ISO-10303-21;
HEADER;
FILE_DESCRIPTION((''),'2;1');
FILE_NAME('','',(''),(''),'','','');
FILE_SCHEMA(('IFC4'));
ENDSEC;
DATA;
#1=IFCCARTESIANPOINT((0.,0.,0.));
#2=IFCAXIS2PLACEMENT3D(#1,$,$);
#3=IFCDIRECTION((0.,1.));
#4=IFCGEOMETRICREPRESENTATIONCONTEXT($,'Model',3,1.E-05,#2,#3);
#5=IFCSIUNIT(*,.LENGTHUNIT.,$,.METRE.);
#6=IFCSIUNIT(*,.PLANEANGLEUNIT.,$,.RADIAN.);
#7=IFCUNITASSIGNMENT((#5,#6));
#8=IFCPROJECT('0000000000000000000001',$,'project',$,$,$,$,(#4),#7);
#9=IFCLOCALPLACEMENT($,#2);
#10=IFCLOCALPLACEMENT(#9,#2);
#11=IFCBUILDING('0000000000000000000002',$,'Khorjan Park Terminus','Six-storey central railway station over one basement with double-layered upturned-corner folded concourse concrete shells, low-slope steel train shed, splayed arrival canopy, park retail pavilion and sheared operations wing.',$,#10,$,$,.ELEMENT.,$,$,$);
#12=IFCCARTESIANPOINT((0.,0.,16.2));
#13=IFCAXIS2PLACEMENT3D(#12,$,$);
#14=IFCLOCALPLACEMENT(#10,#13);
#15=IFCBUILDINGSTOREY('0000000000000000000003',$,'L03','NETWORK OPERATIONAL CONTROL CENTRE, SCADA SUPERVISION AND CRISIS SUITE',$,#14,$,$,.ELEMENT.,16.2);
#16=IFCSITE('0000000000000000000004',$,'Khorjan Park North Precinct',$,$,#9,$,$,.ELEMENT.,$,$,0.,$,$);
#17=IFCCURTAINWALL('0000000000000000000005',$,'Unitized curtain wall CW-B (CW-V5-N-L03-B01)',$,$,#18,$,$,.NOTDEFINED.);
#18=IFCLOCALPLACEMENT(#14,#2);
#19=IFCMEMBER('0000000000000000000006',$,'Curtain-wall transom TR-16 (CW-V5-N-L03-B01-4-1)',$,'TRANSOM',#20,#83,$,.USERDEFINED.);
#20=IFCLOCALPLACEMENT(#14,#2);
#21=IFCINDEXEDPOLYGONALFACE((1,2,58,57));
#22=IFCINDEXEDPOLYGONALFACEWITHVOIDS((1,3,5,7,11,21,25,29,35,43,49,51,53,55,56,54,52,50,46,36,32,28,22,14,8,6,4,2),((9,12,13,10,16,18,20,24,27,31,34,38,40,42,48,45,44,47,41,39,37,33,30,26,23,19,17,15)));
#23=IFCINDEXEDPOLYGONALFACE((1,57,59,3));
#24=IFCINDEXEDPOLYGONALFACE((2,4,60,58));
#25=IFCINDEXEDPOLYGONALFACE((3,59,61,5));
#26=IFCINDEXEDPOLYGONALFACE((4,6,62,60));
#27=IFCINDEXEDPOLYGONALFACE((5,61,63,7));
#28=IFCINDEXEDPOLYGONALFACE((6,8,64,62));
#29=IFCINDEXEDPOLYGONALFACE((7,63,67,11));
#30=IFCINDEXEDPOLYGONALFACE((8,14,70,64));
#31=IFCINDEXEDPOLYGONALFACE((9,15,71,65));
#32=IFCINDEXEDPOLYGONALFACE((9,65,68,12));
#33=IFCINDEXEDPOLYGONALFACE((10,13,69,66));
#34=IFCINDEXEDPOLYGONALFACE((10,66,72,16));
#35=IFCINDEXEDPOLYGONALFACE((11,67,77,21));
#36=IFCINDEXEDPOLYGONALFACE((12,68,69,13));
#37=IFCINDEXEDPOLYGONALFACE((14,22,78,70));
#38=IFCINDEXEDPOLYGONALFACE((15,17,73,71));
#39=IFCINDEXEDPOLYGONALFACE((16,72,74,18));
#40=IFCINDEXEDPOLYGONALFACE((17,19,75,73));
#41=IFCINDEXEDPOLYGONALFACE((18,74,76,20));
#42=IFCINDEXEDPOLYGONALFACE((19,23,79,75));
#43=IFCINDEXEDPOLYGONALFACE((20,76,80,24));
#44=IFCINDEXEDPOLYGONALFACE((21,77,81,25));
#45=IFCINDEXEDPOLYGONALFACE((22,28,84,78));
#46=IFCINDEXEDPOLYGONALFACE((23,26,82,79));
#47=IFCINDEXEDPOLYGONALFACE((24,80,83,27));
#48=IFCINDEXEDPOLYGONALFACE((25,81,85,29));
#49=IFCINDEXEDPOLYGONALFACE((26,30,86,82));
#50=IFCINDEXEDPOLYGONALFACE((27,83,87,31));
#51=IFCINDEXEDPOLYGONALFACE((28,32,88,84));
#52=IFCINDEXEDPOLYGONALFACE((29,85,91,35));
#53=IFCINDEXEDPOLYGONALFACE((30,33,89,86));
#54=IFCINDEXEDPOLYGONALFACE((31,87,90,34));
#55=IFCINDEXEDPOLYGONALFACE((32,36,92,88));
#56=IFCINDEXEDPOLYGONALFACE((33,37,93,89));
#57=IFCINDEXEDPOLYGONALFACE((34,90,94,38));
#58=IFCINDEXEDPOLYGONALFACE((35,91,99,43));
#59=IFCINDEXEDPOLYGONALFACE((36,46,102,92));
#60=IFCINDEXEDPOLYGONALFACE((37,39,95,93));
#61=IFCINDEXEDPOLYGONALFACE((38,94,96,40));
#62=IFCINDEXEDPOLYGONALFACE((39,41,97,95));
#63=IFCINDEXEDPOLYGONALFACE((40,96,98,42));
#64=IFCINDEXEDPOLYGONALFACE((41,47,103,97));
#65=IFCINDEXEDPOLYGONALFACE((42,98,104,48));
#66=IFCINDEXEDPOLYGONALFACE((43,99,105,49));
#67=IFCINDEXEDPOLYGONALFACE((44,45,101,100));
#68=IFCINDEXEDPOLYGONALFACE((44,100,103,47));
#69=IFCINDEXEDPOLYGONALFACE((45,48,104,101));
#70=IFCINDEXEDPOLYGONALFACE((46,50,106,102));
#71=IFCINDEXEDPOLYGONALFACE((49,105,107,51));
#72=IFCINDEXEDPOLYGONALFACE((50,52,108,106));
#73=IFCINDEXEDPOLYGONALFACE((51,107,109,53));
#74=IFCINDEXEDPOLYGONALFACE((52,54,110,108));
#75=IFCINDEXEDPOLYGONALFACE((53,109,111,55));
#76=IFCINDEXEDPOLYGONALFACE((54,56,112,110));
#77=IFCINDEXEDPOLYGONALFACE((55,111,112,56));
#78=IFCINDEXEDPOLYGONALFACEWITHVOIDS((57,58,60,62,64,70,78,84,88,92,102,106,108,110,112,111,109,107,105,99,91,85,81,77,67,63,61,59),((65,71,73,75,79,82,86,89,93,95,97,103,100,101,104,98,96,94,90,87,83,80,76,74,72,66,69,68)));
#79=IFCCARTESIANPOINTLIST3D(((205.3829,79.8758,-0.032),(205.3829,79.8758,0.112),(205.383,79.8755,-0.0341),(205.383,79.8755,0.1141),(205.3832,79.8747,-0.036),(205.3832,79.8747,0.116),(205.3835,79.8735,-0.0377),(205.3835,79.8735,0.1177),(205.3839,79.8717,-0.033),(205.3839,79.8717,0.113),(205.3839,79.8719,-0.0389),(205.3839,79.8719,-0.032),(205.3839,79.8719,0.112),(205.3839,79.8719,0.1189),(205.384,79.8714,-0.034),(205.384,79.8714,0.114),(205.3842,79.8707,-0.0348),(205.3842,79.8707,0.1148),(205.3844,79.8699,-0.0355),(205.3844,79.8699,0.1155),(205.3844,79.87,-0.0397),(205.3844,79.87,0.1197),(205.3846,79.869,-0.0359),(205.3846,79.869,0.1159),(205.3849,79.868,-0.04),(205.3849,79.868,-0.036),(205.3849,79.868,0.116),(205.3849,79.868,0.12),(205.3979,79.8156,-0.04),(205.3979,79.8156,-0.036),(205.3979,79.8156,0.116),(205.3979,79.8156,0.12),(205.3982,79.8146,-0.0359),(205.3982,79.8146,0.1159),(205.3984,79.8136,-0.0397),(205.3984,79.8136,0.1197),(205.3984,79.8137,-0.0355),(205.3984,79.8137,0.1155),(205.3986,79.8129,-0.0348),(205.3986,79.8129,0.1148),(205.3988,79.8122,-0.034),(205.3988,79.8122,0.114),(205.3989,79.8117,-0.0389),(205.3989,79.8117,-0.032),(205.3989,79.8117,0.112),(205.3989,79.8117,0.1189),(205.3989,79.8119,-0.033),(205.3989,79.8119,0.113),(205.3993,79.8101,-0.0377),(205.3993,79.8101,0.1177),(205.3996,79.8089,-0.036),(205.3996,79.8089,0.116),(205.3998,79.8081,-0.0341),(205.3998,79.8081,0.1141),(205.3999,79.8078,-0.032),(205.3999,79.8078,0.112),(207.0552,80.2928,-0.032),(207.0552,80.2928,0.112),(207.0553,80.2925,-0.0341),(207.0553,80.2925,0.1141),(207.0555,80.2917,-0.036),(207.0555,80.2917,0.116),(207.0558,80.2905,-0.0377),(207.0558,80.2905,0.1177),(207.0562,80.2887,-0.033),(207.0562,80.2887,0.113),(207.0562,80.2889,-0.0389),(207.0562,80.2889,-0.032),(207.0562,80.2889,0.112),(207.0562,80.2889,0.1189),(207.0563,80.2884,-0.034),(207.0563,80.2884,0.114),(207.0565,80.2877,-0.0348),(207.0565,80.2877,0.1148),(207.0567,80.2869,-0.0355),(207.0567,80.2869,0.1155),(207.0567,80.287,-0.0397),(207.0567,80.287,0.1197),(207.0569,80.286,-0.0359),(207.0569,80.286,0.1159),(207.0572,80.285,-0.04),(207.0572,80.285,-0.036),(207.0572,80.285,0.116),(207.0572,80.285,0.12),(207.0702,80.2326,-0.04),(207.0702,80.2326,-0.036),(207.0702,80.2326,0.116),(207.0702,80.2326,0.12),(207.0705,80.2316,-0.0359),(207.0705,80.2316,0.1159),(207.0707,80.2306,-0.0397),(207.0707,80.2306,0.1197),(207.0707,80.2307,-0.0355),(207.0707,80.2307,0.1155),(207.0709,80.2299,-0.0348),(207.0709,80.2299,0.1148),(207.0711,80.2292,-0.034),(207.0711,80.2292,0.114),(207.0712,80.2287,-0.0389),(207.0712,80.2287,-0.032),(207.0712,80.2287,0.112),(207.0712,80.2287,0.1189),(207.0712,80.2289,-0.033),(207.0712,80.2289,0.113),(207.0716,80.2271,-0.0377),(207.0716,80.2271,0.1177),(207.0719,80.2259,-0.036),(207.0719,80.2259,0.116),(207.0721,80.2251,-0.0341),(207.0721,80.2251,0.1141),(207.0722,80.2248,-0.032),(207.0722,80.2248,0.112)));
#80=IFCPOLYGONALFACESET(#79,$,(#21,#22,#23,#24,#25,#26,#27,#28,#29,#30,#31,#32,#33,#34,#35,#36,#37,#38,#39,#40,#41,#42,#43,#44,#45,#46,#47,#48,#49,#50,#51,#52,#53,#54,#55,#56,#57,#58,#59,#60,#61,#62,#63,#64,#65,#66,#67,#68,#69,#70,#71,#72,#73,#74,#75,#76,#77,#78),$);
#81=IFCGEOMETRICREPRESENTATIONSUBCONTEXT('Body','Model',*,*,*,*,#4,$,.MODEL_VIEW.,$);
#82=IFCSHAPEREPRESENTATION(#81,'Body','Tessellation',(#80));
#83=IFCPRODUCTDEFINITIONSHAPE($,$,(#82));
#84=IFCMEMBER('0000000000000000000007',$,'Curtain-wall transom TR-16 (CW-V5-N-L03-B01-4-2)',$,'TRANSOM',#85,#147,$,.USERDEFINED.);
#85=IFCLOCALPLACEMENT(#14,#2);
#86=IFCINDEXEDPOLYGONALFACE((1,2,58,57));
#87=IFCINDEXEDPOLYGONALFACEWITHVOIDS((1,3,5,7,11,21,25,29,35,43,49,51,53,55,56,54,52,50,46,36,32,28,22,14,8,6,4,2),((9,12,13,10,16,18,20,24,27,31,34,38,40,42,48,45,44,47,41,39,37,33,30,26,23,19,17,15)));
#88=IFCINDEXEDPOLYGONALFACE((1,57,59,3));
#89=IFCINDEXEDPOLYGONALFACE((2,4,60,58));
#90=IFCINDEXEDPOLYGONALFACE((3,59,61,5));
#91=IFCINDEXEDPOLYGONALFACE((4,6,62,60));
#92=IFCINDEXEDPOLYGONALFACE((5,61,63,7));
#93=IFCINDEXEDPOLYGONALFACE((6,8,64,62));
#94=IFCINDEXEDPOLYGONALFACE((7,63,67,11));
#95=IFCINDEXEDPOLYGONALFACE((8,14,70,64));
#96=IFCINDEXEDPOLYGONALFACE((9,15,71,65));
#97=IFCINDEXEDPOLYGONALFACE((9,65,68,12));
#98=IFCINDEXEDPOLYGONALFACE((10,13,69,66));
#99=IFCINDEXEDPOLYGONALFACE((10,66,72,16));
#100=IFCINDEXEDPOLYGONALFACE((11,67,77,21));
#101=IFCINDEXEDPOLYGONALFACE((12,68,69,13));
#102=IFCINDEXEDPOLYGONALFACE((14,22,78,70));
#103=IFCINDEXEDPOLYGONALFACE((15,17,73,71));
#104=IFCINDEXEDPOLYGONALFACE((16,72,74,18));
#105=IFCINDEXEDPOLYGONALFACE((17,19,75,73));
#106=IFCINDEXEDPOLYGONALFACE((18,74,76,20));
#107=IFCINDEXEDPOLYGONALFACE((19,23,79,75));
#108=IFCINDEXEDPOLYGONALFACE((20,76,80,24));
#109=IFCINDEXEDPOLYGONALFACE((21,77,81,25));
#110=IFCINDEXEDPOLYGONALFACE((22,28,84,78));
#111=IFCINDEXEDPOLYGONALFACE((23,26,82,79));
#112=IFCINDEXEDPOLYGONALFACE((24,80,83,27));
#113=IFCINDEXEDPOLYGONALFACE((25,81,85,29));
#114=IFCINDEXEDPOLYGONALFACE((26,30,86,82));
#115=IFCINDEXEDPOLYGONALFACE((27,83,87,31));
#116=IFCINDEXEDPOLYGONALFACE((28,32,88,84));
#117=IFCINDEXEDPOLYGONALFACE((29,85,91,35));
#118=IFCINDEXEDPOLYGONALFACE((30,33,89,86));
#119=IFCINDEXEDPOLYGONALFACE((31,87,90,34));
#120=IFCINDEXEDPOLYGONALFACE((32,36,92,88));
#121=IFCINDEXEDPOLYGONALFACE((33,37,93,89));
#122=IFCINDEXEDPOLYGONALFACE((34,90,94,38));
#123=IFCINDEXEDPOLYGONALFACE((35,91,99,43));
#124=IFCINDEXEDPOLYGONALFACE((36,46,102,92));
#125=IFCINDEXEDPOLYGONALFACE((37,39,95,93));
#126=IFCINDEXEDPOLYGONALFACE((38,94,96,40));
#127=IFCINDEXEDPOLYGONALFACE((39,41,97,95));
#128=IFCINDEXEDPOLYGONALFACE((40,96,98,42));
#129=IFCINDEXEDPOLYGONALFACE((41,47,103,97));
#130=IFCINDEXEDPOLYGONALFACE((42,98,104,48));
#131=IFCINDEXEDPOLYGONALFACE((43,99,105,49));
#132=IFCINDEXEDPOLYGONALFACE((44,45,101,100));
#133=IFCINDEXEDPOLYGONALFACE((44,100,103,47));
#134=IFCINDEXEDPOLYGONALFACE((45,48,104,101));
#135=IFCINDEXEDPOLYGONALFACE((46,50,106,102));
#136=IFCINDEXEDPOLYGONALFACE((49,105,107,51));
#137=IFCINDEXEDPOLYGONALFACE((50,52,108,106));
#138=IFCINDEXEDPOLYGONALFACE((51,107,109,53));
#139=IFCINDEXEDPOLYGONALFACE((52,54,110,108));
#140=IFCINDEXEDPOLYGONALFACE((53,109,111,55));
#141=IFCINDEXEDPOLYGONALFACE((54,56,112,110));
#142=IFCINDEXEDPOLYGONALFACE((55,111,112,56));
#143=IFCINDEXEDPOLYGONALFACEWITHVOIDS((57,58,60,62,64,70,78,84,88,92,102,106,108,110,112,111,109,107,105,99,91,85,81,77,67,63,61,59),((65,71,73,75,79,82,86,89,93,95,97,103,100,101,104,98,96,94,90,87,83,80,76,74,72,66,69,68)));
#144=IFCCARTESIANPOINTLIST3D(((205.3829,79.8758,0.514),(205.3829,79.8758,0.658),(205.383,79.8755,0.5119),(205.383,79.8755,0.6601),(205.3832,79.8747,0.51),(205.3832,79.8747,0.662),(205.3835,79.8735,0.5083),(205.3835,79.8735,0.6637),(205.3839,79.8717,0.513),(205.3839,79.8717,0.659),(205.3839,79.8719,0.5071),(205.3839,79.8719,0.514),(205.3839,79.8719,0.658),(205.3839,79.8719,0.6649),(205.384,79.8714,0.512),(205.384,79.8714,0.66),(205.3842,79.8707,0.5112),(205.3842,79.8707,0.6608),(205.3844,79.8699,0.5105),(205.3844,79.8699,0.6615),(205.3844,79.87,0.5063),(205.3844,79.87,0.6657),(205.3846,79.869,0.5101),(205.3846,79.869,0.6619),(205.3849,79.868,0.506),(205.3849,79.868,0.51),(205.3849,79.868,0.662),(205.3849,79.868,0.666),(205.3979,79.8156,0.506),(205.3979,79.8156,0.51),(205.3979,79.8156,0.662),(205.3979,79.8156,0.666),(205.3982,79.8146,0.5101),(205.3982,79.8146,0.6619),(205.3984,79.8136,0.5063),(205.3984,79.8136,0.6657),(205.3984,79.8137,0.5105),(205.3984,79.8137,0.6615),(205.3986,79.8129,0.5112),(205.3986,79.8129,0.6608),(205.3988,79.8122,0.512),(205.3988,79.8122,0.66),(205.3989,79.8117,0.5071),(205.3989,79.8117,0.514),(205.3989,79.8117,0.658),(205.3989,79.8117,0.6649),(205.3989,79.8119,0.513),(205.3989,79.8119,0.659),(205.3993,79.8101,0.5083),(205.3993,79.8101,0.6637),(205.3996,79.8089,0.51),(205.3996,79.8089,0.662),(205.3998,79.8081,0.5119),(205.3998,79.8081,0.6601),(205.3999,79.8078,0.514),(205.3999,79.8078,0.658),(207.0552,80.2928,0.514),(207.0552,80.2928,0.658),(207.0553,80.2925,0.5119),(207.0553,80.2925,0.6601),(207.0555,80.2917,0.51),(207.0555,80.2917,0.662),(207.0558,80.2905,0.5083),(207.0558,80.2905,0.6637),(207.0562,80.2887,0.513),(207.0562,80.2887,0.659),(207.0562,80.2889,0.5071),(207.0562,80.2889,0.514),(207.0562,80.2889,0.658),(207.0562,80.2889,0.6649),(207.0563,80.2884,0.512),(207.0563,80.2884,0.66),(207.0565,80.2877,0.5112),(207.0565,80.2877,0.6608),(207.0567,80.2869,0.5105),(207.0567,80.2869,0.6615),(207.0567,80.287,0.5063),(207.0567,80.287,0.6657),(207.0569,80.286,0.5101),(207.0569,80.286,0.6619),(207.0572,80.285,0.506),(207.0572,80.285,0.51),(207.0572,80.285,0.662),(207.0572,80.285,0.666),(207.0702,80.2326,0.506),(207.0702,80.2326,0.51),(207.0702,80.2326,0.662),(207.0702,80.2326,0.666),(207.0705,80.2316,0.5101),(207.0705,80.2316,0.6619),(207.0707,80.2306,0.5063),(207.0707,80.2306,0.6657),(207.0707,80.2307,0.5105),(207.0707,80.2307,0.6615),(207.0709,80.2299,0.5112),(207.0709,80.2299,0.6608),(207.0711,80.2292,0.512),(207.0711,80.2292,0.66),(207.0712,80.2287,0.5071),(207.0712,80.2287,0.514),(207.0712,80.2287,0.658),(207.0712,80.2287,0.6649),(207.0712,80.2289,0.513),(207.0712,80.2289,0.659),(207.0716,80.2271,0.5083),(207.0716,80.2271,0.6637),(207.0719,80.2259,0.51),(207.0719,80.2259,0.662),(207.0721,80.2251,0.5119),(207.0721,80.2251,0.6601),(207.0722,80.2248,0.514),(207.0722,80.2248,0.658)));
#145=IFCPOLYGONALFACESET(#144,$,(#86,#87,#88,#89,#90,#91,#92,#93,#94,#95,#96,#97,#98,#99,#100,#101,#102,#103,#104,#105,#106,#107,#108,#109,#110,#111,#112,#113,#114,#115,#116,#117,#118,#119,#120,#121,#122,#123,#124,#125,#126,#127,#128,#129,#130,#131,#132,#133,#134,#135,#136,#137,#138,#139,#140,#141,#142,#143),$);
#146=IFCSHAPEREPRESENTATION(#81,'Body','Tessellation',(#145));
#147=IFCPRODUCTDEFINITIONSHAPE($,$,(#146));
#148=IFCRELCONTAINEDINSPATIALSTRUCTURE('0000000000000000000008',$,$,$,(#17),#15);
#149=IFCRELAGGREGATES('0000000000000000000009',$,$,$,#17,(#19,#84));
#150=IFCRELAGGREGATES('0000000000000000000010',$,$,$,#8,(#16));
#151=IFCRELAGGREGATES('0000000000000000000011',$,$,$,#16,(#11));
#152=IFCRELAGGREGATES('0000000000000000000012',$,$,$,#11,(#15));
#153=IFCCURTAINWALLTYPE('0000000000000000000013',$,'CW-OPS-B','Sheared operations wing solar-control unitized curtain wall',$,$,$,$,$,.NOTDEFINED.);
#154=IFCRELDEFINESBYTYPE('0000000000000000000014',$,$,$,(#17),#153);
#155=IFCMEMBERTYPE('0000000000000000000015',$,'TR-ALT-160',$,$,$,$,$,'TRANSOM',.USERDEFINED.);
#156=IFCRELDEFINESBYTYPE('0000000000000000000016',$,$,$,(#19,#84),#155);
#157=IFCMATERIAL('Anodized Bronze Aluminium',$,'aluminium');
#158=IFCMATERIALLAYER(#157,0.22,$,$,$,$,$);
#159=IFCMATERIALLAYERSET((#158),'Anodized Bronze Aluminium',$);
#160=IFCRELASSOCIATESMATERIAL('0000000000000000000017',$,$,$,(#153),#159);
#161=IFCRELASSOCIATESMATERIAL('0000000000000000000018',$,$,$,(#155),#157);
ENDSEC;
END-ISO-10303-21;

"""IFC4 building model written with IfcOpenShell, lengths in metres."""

from ifc_helpers import new_model, si_unit, direction, frame, origin, origin_2d, place, context, subcontext, project, spatial, hollow_rectangle, extrude, material, layer, layer_set, material_profile, profile_set, type_object, element, aggregate, save


model = new_model("IFC4")

# Units and contexts
model_context = context("Model", 3, precision=1e-05, world=origin(), true_north=direction((0.0, 1.0)))
body_context = subcontext(model_context, "Body", "Model", "MODEL_VIEW")
ifc_project = project(units=[si_unit("LENGTHUNIT", "METRE"), si_unit("PLANEANGLEUNIT", "RADIAN")], contexts=[model_context])

# Site, building, storey
site_placement = place(None, origin())
site = spatial("IfcSite", under=ifc_project, at=site_placement, Name="Khorjan Park North Precinct", CompositionType="ELEMENT", RefElevation=0.0)
building_placement = place(site_placement, origin())
building = spatial("IfcBuilding", under=site, at=building_placement, Name="Khorjan Park Terminus", Description="Six-storey central railway station over one basement with double-layered upturned-corner folded concourse concrete shells, low-slope steel train shed, splayed arrival canopy, park retail pavilion and sheared operations wing.", CompositionType="ELEMENT")
storey_placement = place(building_placement, frame((0.0, 0.0, 16.2)))
storey = spatial("IfcBuildingStorey", under=building, at=storey_placement, Name="L03", Description="NETWORK OPERATIONAL CONTROL CENTRE, SCADA SUPERVISION AND CRISIS SUITE", CompositionType="ELEMENT", Elevation=16.2)

# Curtain wall, members
ifc_material_1 = material(Name="Anodized Bronze Aluminium", Category="aluminium")
ifc_layer_1 = layer(ifc_material_1, 0.22)
ifc_layer_set_1 = layer_set([ifc_layer_1], Name="Anodized Bronze Aluminium")
curtain_wall_type = type_object("IfcCurtainWallType", Name="CW-OPS-B", Description="Sheared operations wing solar-control unitized curtain wall", PredefinedType="NOTDEFINED", material=ifc_layer_set_1)
curtain_wall_placement = place(storey_placement, origin())
curtain_wall = element("IfcCurtainWall", 1, at=curtain_wall_placement, inside=storey, type_object=curtain_wall_type, Name="Unitized curtain wall CW-B (CW-V5-N-L03-B01)", PredefinedType="NOTDEFINED")
ifc_material_profile_1 = material_profile(ifc_material_1, hollow_rectangle(XDim=0.07, YDim=0.16, WallThickness=0.004, InnerFilletRadius=0.004, OuterFilletRadius=0.008, at=origin_2d()), Name="ALT 70x160x4")
ifc_profile_set_1 = profile_set([ifc_material_profile_1], Name="Anodized Bronze Aluminium")
member_type_1 = type_object("IfcMemberType", Name="TR-ALT-160", ElementType="TRANSOM", PredefinedType="USERDEFINED", material=ifc_profile_set_1)
member_1_placement = place(storey_placement, frame((207.0637, 80.2588, 0.04), z_axis=(-0.970289, -0.241949, 0.0), x_axis=(0.241949, -0.970289, 0.0)))
member_1 = element("IfcMember", 2, at=member_1_placement, type_object=member_type_1, Name="Curtain-wall transom TR-16 (CW-V5-N-L03-B01-4-1)", ObjectType="TRANSOM", PredefinedType="USERDEFINED", context=body_context, shape_type="SweptSolid", body=[
    extrude(hollow_rectangle(XDim=0.07, YDim=0.16, WallThickness=0.004, InnerFilletRadius=0.004, OuterFilletRadius=0.008, at=origin_2d()), origin(), (0.0, 0.0, 1.0), 1.7235),
])
member_2_placement = place(storey_placement, frame((207.0637, 80.2588, 0.586), z_axis=(-0.970289, -0.241949, 0.0), x_axis=(0.241949, -0.970289, 0.0)))
member_2 = element("IfcMember", 3, at=member_2_placement, type_object=member_type_1, Name="Curtain-wall transom TR-16 (CW-V5-N-L03-B01-4-2)", ObjectType="TRANSOM", PredefinedType="USERDEFINED", context=body_context, shape_type="SweptSolid", body=[
    extrude(hollow_rectangle(XDim=0.07, YDim=0.16, WallThickness=0.004, InnerFilletRadius=0.004, OuterFilletRadius=0.008, at=origin_2d()), origin(), (0.0, 0.0, 1.0), 1.7235),
])
aggregate(curtain_wall, [member_1, member_2])

save(model, "model.ifc")
